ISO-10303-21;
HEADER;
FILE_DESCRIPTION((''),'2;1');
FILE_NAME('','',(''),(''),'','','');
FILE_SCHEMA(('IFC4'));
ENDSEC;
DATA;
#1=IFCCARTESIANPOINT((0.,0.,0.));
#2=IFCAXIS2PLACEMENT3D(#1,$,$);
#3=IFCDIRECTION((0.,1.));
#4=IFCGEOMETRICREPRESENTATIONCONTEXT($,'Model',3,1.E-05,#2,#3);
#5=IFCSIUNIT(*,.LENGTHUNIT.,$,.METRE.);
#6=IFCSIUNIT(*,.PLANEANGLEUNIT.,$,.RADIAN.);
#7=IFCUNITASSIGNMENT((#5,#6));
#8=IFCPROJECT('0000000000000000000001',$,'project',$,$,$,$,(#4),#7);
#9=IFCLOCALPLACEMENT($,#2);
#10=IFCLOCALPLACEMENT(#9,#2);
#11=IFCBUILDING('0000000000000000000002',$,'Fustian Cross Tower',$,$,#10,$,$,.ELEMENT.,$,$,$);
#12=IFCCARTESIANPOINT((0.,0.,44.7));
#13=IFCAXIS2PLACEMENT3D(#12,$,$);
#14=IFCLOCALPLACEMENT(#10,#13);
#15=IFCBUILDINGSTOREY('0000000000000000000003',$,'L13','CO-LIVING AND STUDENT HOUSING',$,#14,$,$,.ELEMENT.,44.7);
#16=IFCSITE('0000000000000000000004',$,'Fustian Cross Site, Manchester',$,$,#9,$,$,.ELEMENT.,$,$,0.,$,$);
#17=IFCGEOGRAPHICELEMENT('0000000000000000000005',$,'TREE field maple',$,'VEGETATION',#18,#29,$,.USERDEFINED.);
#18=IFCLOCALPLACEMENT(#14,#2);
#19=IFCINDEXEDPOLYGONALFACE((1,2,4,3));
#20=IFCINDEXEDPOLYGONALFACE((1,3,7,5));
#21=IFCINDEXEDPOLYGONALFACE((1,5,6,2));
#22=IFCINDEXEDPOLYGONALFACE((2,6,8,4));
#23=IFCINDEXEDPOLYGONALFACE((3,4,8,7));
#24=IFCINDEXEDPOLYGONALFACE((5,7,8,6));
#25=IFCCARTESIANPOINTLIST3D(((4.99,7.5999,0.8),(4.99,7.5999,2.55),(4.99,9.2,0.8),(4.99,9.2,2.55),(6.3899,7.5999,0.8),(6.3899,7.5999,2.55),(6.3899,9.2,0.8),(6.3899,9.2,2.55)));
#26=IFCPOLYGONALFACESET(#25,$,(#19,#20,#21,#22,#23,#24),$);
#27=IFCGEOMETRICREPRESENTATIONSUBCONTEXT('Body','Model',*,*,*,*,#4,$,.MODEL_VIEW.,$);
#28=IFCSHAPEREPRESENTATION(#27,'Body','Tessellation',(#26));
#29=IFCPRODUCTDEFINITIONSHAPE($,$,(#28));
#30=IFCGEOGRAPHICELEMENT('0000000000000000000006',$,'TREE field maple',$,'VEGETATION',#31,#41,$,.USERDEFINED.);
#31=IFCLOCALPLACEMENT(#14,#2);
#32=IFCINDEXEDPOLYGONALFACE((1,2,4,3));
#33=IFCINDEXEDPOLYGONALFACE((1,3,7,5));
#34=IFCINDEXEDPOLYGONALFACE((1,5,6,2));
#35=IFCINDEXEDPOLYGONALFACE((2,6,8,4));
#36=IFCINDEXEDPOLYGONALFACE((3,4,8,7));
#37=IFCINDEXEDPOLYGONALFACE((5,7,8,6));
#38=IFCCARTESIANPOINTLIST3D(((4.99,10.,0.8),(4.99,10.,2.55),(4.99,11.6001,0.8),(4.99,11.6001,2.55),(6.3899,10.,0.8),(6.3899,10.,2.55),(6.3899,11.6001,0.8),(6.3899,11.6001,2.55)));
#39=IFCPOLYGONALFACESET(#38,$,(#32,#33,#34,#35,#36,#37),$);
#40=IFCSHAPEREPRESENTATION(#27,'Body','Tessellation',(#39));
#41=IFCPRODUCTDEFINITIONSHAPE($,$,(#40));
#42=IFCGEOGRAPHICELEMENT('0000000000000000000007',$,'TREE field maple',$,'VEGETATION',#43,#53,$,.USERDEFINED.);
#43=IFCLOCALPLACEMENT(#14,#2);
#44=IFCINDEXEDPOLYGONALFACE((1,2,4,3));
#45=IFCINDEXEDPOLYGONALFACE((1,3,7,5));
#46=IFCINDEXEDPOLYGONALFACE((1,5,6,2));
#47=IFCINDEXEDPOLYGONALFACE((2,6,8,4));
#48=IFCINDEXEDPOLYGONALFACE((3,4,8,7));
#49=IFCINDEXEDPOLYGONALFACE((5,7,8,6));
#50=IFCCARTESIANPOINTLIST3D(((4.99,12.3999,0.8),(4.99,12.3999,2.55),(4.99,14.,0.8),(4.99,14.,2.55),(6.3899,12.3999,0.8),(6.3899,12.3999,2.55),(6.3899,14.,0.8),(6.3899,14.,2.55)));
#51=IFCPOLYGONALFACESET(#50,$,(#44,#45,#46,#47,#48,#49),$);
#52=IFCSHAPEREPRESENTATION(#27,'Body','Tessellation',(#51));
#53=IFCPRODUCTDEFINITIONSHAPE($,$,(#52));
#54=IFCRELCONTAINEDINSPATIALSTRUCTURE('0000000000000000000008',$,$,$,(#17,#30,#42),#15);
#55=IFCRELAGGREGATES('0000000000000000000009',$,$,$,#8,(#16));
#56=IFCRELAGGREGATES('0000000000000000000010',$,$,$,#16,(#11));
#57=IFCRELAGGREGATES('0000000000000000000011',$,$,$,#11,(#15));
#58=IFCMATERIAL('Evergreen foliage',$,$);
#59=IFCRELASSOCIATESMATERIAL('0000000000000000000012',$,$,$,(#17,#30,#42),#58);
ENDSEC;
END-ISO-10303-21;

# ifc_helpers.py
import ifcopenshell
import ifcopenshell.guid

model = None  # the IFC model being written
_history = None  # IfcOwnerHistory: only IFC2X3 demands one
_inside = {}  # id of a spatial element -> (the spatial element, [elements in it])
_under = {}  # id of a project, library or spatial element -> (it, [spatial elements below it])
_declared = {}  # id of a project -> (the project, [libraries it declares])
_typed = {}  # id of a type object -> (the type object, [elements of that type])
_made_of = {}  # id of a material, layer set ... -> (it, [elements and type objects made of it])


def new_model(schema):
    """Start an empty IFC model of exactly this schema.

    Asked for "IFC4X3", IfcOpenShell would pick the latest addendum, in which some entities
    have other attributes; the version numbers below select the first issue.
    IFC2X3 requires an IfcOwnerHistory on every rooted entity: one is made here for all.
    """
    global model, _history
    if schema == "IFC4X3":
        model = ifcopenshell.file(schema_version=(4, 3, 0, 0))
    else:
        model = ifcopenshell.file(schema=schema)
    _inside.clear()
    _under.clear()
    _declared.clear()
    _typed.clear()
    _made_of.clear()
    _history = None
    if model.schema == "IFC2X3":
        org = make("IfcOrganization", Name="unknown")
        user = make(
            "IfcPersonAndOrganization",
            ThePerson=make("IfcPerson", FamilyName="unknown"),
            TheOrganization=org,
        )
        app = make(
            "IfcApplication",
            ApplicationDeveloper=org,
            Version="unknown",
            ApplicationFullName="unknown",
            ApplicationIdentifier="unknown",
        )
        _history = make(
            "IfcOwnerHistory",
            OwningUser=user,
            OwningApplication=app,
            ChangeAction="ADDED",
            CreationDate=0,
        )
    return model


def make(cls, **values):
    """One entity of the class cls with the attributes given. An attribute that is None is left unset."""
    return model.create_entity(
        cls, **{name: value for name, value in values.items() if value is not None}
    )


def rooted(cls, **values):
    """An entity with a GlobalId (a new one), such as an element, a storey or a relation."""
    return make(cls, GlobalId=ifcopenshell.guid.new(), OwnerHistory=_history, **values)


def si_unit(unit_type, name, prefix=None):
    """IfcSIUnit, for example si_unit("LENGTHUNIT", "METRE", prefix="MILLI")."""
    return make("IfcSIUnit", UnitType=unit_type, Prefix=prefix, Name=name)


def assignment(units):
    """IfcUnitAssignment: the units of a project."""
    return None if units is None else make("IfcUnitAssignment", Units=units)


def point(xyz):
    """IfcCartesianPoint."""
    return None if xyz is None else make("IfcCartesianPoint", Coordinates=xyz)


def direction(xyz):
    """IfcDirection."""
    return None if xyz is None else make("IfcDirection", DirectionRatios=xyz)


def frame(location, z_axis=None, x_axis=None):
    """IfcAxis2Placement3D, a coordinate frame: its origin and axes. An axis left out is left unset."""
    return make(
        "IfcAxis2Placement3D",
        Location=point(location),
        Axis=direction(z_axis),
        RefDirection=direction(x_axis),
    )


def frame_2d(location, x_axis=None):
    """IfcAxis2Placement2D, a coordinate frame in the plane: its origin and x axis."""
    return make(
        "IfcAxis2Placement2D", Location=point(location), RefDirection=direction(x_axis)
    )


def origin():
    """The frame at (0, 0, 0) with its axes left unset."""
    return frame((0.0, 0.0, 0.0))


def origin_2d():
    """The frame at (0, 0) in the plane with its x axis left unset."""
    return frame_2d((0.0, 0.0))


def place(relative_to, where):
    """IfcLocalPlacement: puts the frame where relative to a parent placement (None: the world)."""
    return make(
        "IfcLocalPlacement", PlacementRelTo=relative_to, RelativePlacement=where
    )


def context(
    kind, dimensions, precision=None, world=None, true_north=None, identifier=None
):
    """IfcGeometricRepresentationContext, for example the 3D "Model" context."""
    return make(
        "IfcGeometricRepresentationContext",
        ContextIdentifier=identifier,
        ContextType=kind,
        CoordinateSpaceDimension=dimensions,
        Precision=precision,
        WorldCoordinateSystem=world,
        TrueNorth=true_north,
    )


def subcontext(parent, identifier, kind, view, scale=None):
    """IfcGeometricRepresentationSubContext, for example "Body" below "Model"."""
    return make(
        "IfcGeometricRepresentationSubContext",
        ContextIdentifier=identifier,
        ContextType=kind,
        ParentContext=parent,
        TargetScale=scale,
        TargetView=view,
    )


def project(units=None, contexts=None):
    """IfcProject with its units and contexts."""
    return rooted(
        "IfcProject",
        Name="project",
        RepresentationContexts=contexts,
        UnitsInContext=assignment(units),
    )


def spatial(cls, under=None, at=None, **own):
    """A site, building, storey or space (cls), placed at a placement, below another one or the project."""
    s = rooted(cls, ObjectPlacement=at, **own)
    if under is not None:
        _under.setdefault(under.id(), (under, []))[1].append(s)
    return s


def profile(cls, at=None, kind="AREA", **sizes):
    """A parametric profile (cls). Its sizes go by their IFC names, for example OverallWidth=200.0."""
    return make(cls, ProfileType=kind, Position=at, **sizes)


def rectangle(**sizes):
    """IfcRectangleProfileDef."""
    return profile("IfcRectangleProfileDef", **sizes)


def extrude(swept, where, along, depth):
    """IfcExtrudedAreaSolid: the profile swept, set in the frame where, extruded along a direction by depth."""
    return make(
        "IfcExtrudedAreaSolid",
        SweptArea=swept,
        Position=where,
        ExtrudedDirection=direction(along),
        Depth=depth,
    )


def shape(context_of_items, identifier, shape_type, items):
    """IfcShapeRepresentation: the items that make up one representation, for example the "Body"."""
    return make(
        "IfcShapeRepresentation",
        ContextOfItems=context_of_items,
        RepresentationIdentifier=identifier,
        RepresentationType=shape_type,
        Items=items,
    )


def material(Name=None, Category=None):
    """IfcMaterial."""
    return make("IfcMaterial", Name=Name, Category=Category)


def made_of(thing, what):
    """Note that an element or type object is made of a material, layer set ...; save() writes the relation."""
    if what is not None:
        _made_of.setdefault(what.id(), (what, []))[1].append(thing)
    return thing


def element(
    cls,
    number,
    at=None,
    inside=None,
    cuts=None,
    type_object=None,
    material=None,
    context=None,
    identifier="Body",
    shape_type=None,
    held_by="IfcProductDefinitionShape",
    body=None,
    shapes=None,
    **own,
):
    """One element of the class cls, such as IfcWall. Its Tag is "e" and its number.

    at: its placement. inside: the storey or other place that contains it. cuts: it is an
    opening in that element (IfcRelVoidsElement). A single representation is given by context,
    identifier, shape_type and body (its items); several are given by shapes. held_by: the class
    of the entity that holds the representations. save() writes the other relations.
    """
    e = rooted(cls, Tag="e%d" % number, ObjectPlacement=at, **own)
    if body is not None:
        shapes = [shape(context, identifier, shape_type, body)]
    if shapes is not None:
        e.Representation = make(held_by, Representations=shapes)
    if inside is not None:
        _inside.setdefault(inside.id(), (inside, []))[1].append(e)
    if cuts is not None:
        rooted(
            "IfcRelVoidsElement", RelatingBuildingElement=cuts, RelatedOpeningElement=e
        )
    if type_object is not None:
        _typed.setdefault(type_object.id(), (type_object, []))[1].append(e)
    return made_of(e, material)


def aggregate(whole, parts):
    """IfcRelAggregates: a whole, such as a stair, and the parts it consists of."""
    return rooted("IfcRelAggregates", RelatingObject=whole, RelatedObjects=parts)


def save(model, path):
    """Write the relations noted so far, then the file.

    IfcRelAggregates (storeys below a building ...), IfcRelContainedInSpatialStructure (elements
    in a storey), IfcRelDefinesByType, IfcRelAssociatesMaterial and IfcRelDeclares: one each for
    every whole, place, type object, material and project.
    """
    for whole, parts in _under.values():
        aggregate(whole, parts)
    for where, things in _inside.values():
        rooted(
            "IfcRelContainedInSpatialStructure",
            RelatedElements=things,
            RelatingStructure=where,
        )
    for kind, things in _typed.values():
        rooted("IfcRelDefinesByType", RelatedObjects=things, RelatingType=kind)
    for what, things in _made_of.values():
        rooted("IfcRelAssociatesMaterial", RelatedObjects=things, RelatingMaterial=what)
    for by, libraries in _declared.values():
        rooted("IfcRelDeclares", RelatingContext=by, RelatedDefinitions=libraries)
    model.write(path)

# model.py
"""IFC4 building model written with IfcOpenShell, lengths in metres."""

from ifc_helpers import new_model, si_unit, direction, frame, origin, origin_2d, place, context, subcontext, project, spatial, rectangle, extrude, material, element, save


model = new_model("IFC4")

# Units and contexts
model_context = context("Model", 3, precision=1e-05, world=origin(), true_north=direction((0.0, 1.0)))
body_context = subcontext(model_context, "Body", "Model", "MODEL_VIEW")
ifc_project = project(units=[si_unit("LENGTHUNIT", "METRE"), si_unit("PLANEANGLEUNIT", "RADIAN")], contexts=[model_context])

# Site, building, storey
site_placement = place(None, origin())
site = spatial("IfcSite", under=ifc_project, at=site_placement, Name="Fustian Cross Site, Manchester", CompositionType="ELEMENT", RefElevation=0.0)
building_placement = place(site_placement, origin())
building = spatial("IfcBuilding", under=site, at=building_placement, Name="Fustian Cross Tower", CompositionType="ELEMENT")
storey_placement = place(building_placement, frame((0.0, 0.0, 44.7)))
storey = spatial("IfcBuildingStorey", under=building, at=storey_placement, Name="L13", Description="CO-LIVING AND STUDENT HOUSING", CompositionType="ELEMENT", Elevation=44.7)

# Geographic elements
ifc_material_1 = material(Name="Evergreen foliage")
for number, where, z_axis, x_axis, name in (
    (1, (5.6899, 8.3999, 0.8), (0.0, 0.0, 1.0), (1.0, 0.0, 0.0), "TREE field maple"),
    (2, (5.6899, 10.8, 0.8), (0.0, 0.0, 1.0), (1.0, 0.0, 0.0), "TREE field maple"),
    (3, (5.6899, 13.2, 0.8), (0.0, 0.0, 1.0), (1.0, 0.0, 0.0), "TREE field maple"),
):
    element("IfcGeographicElement", number, at=place(storey_placement, frame(where, z_axis=z_axis, x_axis=x_axis)), inside=storey, material=ifc_material_1, Name=name, ObjectType="VEGETATION", PredefinedType="USERDEFINED", context=body_context, shape_type="SweptSolid", body=[
        extrude(rectangle(XDim=1.3999, YDim=1.6001, at=origin_2d()), origin(), (0.0, 0.0, 1.0), 1.75),
    ])

save(model, "model.ifc")
